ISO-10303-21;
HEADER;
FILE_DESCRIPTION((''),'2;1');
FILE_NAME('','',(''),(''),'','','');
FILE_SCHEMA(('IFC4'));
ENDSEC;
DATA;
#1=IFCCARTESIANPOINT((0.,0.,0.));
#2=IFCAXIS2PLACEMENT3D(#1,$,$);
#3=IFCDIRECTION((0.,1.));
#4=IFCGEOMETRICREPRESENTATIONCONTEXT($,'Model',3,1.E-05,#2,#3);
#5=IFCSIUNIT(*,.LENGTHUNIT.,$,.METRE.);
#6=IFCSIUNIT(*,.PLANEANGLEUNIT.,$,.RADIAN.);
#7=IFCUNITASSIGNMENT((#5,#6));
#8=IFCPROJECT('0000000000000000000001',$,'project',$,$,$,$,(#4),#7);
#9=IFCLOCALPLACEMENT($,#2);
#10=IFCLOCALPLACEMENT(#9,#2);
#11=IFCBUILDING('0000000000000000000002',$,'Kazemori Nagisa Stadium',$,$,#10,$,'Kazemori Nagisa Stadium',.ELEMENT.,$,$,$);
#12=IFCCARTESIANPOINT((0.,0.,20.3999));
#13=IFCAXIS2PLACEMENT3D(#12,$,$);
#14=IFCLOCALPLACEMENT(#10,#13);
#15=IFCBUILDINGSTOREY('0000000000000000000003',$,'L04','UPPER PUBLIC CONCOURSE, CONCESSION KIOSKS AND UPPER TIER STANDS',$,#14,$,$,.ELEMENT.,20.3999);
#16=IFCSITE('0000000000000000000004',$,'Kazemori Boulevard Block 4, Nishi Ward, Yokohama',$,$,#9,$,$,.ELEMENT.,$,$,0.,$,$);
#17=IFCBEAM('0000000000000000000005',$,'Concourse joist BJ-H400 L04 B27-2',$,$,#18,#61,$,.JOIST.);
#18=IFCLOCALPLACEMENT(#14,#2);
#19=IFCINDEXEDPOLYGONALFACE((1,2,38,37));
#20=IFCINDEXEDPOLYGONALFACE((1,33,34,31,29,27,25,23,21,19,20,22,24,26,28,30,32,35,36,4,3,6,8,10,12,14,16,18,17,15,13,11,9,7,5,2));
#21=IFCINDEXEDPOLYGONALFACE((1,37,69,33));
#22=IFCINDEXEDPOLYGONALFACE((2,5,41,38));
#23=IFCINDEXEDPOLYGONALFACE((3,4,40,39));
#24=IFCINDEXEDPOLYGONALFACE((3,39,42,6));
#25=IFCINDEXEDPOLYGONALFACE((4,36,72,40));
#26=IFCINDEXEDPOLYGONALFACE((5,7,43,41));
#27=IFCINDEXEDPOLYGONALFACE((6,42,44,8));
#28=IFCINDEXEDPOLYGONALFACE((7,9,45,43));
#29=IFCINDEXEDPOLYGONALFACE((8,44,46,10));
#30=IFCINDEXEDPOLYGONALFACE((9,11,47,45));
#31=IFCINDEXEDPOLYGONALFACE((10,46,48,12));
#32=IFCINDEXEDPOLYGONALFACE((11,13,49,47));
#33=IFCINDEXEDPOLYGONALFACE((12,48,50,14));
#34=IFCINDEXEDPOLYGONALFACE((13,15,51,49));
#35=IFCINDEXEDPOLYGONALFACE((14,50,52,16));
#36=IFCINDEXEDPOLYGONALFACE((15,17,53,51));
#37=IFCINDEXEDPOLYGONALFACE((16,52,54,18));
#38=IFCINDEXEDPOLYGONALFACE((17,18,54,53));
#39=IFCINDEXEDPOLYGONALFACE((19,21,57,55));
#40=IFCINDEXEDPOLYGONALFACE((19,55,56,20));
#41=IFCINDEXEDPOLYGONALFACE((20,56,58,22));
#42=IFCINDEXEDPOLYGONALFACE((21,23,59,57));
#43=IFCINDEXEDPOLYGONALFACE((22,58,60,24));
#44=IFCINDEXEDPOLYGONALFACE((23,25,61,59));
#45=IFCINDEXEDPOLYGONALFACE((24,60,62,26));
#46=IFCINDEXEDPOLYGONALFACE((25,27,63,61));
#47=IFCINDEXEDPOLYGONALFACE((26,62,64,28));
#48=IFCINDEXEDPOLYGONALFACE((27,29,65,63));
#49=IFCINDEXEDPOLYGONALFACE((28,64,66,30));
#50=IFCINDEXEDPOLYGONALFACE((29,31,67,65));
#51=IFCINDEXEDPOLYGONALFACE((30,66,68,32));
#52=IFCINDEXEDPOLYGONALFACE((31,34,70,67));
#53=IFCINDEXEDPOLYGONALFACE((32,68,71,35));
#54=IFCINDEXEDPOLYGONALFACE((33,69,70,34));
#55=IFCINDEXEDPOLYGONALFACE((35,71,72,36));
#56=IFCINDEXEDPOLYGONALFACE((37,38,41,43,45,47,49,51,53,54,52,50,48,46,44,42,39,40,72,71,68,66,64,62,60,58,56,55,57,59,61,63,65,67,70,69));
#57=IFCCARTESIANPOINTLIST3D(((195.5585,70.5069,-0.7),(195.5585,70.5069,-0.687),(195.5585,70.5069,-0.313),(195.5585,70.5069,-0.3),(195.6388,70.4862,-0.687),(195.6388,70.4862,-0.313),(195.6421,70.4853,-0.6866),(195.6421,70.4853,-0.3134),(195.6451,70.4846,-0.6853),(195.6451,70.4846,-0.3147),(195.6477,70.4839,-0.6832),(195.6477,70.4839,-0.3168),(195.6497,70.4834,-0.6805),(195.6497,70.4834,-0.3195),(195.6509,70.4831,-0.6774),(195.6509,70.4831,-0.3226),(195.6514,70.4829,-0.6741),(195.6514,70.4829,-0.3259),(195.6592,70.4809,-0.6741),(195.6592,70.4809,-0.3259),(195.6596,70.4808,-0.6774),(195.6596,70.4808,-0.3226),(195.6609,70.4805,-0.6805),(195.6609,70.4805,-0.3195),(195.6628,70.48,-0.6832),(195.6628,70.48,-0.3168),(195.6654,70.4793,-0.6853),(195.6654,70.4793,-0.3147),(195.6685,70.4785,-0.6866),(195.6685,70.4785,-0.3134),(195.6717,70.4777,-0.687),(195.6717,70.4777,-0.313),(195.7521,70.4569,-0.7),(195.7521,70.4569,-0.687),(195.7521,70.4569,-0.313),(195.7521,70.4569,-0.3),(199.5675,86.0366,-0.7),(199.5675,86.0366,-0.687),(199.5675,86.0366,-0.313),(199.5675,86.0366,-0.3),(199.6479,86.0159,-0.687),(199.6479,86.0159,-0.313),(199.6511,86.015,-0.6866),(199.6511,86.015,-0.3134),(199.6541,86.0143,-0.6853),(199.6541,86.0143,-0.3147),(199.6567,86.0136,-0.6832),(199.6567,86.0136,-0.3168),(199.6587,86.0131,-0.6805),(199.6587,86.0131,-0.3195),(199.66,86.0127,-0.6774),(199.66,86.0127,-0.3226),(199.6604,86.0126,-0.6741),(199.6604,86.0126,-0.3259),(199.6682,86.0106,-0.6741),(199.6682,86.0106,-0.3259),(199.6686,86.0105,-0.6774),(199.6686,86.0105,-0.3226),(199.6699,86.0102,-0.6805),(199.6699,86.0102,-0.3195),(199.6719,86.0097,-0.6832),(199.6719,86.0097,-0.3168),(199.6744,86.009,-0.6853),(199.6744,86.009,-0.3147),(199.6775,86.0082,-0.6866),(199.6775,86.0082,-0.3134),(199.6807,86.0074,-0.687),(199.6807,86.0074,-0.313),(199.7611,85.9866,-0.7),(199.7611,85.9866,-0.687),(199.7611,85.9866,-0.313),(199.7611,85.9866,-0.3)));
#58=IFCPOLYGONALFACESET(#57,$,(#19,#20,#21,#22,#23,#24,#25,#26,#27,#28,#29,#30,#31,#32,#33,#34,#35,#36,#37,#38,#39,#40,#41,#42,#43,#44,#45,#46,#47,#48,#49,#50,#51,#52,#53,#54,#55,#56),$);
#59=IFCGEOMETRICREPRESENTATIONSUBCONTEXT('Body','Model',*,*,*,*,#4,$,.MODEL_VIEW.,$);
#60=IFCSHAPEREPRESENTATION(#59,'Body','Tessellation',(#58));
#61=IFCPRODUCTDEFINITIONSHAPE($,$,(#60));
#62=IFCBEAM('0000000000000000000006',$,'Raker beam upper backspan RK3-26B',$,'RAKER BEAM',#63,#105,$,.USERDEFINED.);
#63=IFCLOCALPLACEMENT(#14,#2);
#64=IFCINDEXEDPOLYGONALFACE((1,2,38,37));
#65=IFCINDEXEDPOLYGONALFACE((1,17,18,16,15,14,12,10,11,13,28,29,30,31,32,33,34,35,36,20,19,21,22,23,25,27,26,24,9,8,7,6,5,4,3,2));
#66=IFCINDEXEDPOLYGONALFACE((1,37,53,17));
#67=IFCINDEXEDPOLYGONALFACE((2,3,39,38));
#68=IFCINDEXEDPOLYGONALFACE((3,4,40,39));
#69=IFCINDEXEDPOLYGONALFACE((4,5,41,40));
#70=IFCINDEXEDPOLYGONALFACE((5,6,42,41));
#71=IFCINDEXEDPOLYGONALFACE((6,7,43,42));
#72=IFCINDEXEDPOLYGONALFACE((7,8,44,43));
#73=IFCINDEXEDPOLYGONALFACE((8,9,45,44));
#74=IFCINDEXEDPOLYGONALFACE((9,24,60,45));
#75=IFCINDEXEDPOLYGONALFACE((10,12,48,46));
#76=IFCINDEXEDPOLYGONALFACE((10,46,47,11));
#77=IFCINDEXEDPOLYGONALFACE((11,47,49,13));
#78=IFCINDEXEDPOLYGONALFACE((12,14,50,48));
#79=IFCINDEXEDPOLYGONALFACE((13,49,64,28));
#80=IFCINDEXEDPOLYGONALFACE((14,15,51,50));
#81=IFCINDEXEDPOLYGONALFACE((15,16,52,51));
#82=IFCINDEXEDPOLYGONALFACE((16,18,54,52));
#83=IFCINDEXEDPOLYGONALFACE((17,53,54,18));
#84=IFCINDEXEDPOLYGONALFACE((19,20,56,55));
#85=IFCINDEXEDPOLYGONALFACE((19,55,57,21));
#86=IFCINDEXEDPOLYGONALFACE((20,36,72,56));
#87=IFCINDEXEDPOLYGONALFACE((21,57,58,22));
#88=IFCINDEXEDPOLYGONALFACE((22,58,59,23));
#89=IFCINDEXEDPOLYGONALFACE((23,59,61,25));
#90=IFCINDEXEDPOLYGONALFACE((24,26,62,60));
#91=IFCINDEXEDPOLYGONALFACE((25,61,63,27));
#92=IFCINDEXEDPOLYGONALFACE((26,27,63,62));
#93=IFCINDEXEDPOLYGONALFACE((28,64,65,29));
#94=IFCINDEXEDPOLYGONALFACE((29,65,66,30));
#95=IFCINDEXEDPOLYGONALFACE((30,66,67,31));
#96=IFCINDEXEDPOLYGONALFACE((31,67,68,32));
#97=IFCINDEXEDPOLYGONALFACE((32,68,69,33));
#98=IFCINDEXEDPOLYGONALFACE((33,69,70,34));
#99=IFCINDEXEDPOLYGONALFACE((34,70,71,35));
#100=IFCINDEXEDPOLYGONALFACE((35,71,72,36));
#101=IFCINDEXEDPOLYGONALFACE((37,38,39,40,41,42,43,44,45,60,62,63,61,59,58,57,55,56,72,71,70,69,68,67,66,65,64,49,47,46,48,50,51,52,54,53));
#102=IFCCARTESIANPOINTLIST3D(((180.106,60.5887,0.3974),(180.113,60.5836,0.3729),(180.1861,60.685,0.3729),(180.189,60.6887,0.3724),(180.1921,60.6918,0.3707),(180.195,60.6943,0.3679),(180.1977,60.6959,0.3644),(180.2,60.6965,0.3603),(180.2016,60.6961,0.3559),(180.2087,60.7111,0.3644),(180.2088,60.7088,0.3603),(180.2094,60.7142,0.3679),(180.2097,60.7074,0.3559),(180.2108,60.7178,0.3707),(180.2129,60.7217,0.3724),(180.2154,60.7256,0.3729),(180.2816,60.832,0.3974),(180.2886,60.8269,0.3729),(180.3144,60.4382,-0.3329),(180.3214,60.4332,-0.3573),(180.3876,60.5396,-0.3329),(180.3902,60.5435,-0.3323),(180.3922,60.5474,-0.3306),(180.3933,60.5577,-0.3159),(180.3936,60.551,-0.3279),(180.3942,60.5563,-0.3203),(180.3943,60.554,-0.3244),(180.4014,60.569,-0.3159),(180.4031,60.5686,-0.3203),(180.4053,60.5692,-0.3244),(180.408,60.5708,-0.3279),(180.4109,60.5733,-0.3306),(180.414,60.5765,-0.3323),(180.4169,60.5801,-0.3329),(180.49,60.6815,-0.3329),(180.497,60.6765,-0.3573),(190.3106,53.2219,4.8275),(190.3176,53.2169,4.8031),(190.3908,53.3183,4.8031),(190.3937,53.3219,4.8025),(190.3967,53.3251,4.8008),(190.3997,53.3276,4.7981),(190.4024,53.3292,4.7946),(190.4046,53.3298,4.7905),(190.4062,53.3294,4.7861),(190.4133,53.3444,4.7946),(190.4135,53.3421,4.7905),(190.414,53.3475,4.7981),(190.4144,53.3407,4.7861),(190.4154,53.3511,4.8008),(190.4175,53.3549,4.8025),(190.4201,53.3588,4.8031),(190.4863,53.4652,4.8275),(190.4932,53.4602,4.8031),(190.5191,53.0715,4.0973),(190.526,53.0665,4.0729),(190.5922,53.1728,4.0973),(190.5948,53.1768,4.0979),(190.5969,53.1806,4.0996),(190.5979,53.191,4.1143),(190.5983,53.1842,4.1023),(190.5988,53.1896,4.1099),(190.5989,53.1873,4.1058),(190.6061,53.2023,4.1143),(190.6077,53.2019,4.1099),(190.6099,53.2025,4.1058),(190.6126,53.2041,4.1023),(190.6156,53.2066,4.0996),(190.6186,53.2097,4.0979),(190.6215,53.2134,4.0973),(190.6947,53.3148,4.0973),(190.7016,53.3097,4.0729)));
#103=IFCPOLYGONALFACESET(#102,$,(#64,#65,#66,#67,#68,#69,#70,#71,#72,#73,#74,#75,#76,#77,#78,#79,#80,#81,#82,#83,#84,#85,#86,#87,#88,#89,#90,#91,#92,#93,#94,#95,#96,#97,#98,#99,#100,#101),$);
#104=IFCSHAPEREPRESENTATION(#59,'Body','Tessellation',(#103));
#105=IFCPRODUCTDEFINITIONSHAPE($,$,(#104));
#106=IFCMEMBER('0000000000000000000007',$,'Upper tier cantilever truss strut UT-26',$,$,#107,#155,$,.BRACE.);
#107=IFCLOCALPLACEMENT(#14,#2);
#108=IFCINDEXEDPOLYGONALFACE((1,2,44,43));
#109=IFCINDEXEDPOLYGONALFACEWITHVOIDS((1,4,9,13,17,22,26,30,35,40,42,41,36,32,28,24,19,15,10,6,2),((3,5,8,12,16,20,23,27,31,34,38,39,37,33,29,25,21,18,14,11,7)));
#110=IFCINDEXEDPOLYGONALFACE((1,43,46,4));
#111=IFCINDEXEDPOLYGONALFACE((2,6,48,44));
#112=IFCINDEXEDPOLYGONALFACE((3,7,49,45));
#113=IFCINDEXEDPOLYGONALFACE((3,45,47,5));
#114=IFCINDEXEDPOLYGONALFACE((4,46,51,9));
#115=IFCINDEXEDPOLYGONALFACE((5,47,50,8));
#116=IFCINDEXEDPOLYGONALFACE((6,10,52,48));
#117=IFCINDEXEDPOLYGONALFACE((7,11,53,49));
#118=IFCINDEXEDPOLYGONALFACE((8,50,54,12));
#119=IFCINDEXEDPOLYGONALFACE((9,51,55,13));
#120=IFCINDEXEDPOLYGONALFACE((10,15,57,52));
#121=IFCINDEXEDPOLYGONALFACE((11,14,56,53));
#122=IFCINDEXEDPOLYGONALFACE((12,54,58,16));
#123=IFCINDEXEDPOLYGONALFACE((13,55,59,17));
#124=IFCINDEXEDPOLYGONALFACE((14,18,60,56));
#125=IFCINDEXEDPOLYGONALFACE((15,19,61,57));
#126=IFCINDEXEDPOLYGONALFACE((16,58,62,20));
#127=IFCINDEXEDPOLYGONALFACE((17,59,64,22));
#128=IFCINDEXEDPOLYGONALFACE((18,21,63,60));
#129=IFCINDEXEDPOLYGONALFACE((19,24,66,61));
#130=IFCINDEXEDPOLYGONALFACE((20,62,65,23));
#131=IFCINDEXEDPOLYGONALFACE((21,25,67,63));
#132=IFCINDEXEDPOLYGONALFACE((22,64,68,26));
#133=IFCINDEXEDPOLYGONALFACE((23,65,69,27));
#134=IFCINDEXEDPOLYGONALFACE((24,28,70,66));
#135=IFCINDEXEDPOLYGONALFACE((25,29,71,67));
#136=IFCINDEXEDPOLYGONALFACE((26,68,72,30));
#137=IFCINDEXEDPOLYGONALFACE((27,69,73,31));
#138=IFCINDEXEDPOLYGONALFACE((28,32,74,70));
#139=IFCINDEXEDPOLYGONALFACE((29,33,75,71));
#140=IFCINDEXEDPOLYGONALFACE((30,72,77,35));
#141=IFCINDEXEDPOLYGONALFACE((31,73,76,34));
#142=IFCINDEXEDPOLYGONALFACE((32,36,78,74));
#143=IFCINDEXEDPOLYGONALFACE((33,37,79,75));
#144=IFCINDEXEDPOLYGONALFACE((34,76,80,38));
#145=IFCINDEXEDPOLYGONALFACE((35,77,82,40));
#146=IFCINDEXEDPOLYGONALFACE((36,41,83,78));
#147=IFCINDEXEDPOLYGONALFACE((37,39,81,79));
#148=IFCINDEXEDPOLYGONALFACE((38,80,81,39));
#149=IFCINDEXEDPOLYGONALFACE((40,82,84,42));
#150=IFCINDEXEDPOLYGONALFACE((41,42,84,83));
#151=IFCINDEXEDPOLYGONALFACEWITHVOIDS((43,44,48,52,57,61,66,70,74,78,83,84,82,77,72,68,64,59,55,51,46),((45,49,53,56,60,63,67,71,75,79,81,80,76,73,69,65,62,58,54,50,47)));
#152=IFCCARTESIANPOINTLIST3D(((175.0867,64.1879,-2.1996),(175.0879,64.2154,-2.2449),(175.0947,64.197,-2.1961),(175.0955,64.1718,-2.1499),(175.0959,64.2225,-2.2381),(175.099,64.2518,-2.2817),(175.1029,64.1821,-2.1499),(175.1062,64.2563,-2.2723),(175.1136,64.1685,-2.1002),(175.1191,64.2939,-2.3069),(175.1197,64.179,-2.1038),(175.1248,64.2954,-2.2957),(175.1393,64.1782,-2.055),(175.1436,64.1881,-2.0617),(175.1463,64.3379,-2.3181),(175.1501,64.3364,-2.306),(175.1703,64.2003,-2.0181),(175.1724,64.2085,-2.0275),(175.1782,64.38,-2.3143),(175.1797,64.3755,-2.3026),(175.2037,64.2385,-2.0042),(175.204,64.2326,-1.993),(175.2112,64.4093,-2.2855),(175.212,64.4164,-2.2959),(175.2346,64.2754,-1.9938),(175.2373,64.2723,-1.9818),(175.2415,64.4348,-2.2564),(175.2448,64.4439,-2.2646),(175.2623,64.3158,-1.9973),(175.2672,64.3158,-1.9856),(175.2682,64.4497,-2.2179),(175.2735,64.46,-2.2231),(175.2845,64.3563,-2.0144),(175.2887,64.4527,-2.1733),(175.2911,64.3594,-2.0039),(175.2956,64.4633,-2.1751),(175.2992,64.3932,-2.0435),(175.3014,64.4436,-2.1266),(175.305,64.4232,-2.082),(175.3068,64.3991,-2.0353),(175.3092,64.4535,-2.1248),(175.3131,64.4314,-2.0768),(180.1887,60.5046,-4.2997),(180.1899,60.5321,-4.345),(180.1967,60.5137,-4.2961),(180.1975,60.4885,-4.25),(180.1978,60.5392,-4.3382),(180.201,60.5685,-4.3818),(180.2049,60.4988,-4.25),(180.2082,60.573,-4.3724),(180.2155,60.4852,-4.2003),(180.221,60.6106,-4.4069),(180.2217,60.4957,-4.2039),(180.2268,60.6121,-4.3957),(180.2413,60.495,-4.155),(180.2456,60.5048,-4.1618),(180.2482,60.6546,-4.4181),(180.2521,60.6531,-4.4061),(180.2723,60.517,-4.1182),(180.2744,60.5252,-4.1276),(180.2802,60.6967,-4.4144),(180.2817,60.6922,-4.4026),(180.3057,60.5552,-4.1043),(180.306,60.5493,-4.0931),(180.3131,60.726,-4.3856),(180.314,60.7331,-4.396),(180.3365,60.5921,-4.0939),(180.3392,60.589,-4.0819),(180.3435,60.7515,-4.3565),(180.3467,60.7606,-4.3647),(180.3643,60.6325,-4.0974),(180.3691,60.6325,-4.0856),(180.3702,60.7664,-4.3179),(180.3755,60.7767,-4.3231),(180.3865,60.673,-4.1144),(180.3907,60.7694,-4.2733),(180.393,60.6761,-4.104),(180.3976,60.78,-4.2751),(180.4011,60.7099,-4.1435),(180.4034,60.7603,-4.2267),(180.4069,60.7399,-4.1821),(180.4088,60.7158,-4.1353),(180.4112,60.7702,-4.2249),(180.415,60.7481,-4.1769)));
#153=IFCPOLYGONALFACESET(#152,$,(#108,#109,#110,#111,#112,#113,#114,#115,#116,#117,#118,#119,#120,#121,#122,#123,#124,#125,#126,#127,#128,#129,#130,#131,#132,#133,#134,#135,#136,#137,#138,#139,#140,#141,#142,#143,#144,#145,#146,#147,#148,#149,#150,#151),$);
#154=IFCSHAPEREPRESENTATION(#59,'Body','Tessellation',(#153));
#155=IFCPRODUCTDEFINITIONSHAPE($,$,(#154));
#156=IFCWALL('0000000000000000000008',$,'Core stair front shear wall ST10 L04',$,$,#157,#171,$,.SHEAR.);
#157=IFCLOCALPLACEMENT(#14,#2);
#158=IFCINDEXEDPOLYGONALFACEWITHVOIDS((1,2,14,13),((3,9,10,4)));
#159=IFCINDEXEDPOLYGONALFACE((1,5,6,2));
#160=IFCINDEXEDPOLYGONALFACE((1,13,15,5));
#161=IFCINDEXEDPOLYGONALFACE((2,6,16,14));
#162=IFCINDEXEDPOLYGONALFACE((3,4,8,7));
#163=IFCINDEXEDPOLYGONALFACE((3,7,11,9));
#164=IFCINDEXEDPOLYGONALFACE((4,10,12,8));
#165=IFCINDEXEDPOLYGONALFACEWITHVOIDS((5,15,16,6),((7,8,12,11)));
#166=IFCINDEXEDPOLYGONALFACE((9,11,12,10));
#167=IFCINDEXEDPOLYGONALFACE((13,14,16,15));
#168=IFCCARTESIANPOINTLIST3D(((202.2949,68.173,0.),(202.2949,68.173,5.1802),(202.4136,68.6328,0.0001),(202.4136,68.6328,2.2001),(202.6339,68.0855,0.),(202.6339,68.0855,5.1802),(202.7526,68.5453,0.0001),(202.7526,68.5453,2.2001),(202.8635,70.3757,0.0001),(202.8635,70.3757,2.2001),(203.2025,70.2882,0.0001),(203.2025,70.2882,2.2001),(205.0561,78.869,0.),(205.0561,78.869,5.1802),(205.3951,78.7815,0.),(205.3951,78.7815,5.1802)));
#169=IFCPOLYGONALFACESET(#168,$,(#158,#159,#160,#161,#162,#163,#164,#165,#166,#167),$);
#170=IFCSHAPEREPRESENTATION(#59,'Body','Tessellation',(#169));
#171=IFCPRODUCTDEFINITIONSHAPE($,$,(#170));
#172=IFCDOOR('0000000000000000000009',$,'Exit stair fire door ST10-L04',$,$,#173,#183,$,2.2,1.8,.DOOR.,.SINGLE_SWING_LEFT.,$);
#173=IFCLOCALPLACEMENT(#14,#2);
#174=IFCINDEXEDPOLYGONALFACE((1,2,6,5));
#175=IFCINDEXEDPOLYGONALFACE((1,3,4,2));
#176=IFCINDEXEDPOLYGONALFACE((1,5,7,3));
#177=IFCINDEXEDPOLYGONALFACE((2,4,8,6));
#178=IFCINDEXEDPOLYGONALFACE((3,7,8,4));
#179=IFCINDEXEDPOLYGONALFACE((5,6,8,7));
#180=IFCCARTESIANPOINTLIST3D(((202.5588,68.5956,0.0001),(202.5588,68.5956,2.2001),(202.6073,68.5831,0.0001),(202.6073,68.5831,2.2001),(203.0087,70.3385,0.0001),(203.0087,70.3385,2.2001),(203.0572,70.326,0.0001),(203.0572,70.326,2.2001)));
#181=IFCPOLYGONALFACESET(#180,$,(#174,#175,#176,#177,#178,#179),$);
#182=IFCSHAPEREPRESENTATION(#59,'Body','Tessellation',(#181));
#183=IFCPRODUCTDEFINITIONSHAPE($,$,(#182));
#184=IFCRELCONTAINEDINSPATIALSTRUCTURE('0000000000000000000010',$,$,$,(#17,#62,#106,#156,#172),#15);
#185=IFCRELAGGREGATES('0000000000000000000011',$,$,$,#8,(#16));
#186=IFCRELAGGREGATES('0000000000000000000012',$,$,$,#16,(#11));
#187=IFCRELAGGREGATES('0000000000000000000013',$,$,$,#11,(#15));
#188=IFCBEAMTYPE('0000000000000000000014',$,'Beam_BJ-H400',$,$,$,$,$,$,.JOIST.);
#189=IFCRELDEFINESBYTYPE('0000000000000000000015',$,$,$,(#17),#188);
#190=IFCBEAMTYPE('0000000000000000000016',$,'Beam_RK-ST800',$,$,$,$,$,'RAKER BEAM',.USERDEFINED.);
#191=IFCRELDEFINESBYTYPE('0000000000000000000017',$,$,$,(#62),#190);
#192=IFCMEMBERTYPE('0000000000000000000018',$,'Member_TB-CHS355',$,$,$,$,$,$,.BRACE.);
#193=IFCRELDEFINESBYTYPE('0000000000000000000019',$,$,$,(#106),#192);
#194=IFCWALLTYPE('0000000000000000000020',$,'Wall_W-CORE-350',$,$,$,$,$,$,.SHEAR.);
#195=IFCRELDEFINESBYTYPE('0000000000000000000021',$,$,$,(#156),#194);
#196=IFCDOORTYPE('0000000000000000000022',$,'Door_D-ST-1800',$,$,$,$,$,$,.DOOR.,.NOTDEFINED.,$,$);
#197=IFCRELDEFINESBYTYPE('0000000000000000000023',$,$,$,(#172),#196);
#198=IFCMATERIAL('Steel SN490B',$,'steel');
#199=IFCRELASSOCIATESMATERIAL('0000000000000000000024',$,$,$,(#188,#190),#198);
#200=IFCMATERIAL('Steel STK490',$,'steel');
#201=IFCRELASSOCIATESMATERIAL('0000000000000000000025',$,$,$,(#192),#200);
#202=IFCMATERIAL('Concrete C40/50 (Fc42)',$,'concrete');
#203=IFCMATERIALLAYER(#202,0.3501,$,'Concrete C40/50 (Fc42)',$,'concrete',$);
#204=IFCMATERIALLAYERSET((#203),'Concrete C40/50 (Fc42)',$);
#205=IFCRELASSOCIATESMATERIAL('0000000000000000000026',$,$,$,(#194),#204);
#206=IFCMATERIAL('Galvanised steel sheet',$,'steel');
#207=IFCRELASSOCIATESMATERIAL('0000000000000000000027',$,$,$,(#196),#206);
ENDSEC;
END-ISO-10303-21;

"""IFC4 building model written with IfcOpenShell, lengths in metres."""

from ifc_helpers import new_model, si_unit, direction, frame, frame_2d, origin, origin_2d, place, context, subcontext, project, spatial, rectangle, hollow_circle, i_section, extrude, material, layer, layer_set, material_profile, profile_set, type_object, element, fill, save


model = new_model("IFC4")

# Units and contexts
model_context = context("Model", 3, precision=1e-05, world=origin(), true_north=direction((0.0, 1.0)))
body_context = subcontext(model_context, "Body", "Model", "MODEL_VIEW")
ifc_project = project(units=[si_unit("LENGTHUNIT", "METRE"), si_unit("PLANEANGLEUNIT", "RADIAN")], contexts=[model_context])

# Site, building, storey
site_placement = place(None, origin())
site = spatial("IfcSite", under=ifc_project, at=site_placement, Name="Kazemori Boulevard Block 4, Nishi Ward, Yokohama", CompositionType="ELEMENT", RefElevation=0.0)
building_placement = place(site_placement, origin())
building = spatial("IfcBuilding", under=site, at=building_placement, Name="Kazemori Nagisa Stadium", LongName="Kazemori Nagisa Stadium", CompositionType="ELEMENT")
storey_placement = place(building_placement, frame((0.0, 0.0, 20.3999)))
storey = spatial("IfcBuildingStorey", under=building, at=storey_placement, Name="L04", Description="UPPER PUBLIC CONCOURSE, CONCESSION KIOSKS AND UPPER TIER STANDS", CompositionType="ELEMENT", Elevation=20.3999)

# Beams
ifc_material_1 = material(Name="Steel SN490B", Category="steel")
ifc_material_profile_1 = material_profile(ifc_material_1, i_section(OverallWidth=0.2, OverallDepth=0.3999, WebThickness=0.0081, FlangeThickness=0.0129, FilletRadius=0.0129, at=origin_2d()), Name="H-400x200x8x13")
ifc_profile_set_1 = profile_set([ifc_material_profile_1], Name="Steel SN490B")
beam_type_1 = type_object("IfcBeamType", Name="Beam_BJ-H400", PredefinedType="JOIST", material=ifc_profile_set_1)
beam_1_placement = place(storey_placement, frame((195.6553, 70.4819, -0.5), z_axis=(0.249957, 0.968257, 0.0), x_axis=(-0.968257, 0.249957, 0.0)))
element("IfcBeam", 1, at=beam_1_placement, inside=storey, type_object=beam_type_1, Name="Concourse joist BJ-H400 L04 B27-2", PredefinedType="JOIST", context=body_context, shape_type="SweptSolid", body=[
    extrude(i_section(OverallWidth=0.2, OverallDepth=0.3999, WebThickness=0.0081, FlangeThickness=0.0129, FilletRadius=0.0129, at=origin_2d()), origin(), (0.0, 0.0, 1.0), 16.0388),
])
ifc_material_profile_2 = material_profile(ifc_material_1, i_section(OverallWidth=0.3, OverallDepth=0.8, WebThickness=0.0139, FlangeThickness=0.0259, FilletRadius=0.0181, at=origin_2d()), Name="H-800x300x14x26")
ifc_profile_set_2 = profile_set([ifc_material_profile_2], Name="Steel SN490B")
beam_type_2 = type_object("IfcBeamType", Name="Beam_RK-ST800", ElementType="RAKER BEAM", PredefinedType="USERDEFINED", material=ifc_profile_set_2)
beam_2_placement = place(storey_placement, frame((180.3015, 60.6326, 0.02), z_axis=(0.764805, -0.552113, 0.332029), x_axis=(0.585319, 0.810803, 0.0)))
element("IfcBeam", 2, at=beam_2_placement, inside=storey, type_object=beam_type_2, Name="Raker beam upper backspan RK3-26B", ObjectType="RAKER BEAM", PredefinedType="USERDEFINED", context=body_context, shape_type="SweptSolid", body=[
    extrude(i_section(OverallWidth=0.3, OverallDepth=0.8, WebThickness=0.0139, FlangeThickness=0.0259, FilletRadius=0.0181, at=origin_2d()), origin(), (0.0, 0.0, 1.0), 13.3428),
])

# Member
ifc_material_2 = material(Name="Steel STK490", Category="steel")
ifc_material_profile_3 = material_profile(ifc_material_2, hollow_circle(Radius=0.1777, WallThickness=0.0127, at=origin_2d()), Name="CHS-355.6x12.7")
ifc_profile_set_3 = profile_set([ifc_material_profile_3], Name="Steel STK490")
member_type = type_object("IfcMemberType", Name="Member_TB-CHS355", PredefinedType="BRACE", material=ifc_profile_set_3)
member_placement = place(storey_placement, frame((180.3015, 60.6326, -4.25), z_axis=(-0.76909, 0.555233, 0.316571), x_axis=(-0.585338, -0.81079, 0.0)))
element("IfcMember", 3, at=member_placement, inside=storey, type_object=member_type, Name="Upper tier cantilever truss strut UT-26", PredefinedType="BRACE", context=body_context, shape_type="SweptSolid", body=[
    extrude(hollow_circle(Radius=0.1777, WallThickness=0.0127, at=origin_2d()), origin(), (0.0, 0.0, 1.0), 6.6338),
])

# Wall, opening, door
ifc_material_3 = material(Name="Concrete C40/50 (Fc42)", Category="concrete")
ifc_layer_1 = layer(ifc_material_3, 0.3501, Name="Concrete C40/50 (Fc42)", Category="concrete")
ifc_layer_set_1 = layer_set([ifc_layer_1], Name="Concrete C40/50 (Fc42)")
wall_type_1 = type_object("IfcWallType", Name="Wall_W-CORE-350", PredefinedType="SHEAR", material=ifc_layer_set_1)
wall_1_placement = place(storey_placement, frame((202.4644, 68.1292, 0.0), z_axis=(0.0, 0.0, 1.0), x_axis=(0.24996, 0.968256, 0.0)))
wall_1 = element("IfcWall", 4, at=wall_1_placement, inside=storey, type_object=wall_type_1, Name="Core stair front shear wall ST10 L04", PredefinedType="SHEAR", context=body_context, shape_type="SweptSolid", body=[
    extrude(rectangle(XDim=11.0466, YDim=0.3501, at=frame_2d((5.5234, 0.0))), origin(), (0.0, 0.0, 1.0), 5.1802),
])
opening_1_placement = place(wall_1_placement, frame((0.4751, 0.0, 0.0)))
opening_1 = element("IfcOpeningElement", 5, at=opening_1_placement, cuts=wall_1, PredefinedType="OPENING", context=body_context, shape_type="SweptSolid", body=[
    extrude(rectangle(XDim=1.8, YDim=2.2, at=frame_2d((0.8999, 1.1001))), frame((0.0, 0.1851, 0.0), z_axis=(0.0, -1.0, 0.0), x_axis=(1.0, 0.0, 0.0)), (0.0, 0.0, 1.0), 0.3701),
])
ifc_material_4 = material(Name="Galvanised steel sheet", Category="steel")
door_type_1 = type_object("IfcDoorType", Name="Door_D-ST-1800", OperationType="NOTDEFINED", PredefinedType="DOOR", material=ifc_material_4)
door_1_placement = place(opening_1_placement, frame((1.8, 0.0, 0.0), z_axis=(0.0, 0.0, 1.0), x_axis=(-1.0, 0.0, 0.0)))
door_1 = element("IfcDoor", 6, at=door_1_placement, inside=storey, type_object=door_type_1, Name="Exit stair fire door ST10-L04", OperationType="SINGLE_SWING_LEFT", OverallHeight=2.2, OverallWidth=1.8, PredefinedType="DOOR", context=body_context, shape_type="SweptSolid", body=[
    extrude(rectangle(XDim=1.8, YDim=2.2, at=frame_2d((0.8999, 1.1001))), frame((0.0, 0.0249, 0.0), z_axis=(0.0, -1.0, 0.0), x_axis=(1.0, 0.0, 0.0)), (0.0, 0.0, 1.0), 0.05),
])
fill(opening_1, door_1)

save(model, "model.ifc")
